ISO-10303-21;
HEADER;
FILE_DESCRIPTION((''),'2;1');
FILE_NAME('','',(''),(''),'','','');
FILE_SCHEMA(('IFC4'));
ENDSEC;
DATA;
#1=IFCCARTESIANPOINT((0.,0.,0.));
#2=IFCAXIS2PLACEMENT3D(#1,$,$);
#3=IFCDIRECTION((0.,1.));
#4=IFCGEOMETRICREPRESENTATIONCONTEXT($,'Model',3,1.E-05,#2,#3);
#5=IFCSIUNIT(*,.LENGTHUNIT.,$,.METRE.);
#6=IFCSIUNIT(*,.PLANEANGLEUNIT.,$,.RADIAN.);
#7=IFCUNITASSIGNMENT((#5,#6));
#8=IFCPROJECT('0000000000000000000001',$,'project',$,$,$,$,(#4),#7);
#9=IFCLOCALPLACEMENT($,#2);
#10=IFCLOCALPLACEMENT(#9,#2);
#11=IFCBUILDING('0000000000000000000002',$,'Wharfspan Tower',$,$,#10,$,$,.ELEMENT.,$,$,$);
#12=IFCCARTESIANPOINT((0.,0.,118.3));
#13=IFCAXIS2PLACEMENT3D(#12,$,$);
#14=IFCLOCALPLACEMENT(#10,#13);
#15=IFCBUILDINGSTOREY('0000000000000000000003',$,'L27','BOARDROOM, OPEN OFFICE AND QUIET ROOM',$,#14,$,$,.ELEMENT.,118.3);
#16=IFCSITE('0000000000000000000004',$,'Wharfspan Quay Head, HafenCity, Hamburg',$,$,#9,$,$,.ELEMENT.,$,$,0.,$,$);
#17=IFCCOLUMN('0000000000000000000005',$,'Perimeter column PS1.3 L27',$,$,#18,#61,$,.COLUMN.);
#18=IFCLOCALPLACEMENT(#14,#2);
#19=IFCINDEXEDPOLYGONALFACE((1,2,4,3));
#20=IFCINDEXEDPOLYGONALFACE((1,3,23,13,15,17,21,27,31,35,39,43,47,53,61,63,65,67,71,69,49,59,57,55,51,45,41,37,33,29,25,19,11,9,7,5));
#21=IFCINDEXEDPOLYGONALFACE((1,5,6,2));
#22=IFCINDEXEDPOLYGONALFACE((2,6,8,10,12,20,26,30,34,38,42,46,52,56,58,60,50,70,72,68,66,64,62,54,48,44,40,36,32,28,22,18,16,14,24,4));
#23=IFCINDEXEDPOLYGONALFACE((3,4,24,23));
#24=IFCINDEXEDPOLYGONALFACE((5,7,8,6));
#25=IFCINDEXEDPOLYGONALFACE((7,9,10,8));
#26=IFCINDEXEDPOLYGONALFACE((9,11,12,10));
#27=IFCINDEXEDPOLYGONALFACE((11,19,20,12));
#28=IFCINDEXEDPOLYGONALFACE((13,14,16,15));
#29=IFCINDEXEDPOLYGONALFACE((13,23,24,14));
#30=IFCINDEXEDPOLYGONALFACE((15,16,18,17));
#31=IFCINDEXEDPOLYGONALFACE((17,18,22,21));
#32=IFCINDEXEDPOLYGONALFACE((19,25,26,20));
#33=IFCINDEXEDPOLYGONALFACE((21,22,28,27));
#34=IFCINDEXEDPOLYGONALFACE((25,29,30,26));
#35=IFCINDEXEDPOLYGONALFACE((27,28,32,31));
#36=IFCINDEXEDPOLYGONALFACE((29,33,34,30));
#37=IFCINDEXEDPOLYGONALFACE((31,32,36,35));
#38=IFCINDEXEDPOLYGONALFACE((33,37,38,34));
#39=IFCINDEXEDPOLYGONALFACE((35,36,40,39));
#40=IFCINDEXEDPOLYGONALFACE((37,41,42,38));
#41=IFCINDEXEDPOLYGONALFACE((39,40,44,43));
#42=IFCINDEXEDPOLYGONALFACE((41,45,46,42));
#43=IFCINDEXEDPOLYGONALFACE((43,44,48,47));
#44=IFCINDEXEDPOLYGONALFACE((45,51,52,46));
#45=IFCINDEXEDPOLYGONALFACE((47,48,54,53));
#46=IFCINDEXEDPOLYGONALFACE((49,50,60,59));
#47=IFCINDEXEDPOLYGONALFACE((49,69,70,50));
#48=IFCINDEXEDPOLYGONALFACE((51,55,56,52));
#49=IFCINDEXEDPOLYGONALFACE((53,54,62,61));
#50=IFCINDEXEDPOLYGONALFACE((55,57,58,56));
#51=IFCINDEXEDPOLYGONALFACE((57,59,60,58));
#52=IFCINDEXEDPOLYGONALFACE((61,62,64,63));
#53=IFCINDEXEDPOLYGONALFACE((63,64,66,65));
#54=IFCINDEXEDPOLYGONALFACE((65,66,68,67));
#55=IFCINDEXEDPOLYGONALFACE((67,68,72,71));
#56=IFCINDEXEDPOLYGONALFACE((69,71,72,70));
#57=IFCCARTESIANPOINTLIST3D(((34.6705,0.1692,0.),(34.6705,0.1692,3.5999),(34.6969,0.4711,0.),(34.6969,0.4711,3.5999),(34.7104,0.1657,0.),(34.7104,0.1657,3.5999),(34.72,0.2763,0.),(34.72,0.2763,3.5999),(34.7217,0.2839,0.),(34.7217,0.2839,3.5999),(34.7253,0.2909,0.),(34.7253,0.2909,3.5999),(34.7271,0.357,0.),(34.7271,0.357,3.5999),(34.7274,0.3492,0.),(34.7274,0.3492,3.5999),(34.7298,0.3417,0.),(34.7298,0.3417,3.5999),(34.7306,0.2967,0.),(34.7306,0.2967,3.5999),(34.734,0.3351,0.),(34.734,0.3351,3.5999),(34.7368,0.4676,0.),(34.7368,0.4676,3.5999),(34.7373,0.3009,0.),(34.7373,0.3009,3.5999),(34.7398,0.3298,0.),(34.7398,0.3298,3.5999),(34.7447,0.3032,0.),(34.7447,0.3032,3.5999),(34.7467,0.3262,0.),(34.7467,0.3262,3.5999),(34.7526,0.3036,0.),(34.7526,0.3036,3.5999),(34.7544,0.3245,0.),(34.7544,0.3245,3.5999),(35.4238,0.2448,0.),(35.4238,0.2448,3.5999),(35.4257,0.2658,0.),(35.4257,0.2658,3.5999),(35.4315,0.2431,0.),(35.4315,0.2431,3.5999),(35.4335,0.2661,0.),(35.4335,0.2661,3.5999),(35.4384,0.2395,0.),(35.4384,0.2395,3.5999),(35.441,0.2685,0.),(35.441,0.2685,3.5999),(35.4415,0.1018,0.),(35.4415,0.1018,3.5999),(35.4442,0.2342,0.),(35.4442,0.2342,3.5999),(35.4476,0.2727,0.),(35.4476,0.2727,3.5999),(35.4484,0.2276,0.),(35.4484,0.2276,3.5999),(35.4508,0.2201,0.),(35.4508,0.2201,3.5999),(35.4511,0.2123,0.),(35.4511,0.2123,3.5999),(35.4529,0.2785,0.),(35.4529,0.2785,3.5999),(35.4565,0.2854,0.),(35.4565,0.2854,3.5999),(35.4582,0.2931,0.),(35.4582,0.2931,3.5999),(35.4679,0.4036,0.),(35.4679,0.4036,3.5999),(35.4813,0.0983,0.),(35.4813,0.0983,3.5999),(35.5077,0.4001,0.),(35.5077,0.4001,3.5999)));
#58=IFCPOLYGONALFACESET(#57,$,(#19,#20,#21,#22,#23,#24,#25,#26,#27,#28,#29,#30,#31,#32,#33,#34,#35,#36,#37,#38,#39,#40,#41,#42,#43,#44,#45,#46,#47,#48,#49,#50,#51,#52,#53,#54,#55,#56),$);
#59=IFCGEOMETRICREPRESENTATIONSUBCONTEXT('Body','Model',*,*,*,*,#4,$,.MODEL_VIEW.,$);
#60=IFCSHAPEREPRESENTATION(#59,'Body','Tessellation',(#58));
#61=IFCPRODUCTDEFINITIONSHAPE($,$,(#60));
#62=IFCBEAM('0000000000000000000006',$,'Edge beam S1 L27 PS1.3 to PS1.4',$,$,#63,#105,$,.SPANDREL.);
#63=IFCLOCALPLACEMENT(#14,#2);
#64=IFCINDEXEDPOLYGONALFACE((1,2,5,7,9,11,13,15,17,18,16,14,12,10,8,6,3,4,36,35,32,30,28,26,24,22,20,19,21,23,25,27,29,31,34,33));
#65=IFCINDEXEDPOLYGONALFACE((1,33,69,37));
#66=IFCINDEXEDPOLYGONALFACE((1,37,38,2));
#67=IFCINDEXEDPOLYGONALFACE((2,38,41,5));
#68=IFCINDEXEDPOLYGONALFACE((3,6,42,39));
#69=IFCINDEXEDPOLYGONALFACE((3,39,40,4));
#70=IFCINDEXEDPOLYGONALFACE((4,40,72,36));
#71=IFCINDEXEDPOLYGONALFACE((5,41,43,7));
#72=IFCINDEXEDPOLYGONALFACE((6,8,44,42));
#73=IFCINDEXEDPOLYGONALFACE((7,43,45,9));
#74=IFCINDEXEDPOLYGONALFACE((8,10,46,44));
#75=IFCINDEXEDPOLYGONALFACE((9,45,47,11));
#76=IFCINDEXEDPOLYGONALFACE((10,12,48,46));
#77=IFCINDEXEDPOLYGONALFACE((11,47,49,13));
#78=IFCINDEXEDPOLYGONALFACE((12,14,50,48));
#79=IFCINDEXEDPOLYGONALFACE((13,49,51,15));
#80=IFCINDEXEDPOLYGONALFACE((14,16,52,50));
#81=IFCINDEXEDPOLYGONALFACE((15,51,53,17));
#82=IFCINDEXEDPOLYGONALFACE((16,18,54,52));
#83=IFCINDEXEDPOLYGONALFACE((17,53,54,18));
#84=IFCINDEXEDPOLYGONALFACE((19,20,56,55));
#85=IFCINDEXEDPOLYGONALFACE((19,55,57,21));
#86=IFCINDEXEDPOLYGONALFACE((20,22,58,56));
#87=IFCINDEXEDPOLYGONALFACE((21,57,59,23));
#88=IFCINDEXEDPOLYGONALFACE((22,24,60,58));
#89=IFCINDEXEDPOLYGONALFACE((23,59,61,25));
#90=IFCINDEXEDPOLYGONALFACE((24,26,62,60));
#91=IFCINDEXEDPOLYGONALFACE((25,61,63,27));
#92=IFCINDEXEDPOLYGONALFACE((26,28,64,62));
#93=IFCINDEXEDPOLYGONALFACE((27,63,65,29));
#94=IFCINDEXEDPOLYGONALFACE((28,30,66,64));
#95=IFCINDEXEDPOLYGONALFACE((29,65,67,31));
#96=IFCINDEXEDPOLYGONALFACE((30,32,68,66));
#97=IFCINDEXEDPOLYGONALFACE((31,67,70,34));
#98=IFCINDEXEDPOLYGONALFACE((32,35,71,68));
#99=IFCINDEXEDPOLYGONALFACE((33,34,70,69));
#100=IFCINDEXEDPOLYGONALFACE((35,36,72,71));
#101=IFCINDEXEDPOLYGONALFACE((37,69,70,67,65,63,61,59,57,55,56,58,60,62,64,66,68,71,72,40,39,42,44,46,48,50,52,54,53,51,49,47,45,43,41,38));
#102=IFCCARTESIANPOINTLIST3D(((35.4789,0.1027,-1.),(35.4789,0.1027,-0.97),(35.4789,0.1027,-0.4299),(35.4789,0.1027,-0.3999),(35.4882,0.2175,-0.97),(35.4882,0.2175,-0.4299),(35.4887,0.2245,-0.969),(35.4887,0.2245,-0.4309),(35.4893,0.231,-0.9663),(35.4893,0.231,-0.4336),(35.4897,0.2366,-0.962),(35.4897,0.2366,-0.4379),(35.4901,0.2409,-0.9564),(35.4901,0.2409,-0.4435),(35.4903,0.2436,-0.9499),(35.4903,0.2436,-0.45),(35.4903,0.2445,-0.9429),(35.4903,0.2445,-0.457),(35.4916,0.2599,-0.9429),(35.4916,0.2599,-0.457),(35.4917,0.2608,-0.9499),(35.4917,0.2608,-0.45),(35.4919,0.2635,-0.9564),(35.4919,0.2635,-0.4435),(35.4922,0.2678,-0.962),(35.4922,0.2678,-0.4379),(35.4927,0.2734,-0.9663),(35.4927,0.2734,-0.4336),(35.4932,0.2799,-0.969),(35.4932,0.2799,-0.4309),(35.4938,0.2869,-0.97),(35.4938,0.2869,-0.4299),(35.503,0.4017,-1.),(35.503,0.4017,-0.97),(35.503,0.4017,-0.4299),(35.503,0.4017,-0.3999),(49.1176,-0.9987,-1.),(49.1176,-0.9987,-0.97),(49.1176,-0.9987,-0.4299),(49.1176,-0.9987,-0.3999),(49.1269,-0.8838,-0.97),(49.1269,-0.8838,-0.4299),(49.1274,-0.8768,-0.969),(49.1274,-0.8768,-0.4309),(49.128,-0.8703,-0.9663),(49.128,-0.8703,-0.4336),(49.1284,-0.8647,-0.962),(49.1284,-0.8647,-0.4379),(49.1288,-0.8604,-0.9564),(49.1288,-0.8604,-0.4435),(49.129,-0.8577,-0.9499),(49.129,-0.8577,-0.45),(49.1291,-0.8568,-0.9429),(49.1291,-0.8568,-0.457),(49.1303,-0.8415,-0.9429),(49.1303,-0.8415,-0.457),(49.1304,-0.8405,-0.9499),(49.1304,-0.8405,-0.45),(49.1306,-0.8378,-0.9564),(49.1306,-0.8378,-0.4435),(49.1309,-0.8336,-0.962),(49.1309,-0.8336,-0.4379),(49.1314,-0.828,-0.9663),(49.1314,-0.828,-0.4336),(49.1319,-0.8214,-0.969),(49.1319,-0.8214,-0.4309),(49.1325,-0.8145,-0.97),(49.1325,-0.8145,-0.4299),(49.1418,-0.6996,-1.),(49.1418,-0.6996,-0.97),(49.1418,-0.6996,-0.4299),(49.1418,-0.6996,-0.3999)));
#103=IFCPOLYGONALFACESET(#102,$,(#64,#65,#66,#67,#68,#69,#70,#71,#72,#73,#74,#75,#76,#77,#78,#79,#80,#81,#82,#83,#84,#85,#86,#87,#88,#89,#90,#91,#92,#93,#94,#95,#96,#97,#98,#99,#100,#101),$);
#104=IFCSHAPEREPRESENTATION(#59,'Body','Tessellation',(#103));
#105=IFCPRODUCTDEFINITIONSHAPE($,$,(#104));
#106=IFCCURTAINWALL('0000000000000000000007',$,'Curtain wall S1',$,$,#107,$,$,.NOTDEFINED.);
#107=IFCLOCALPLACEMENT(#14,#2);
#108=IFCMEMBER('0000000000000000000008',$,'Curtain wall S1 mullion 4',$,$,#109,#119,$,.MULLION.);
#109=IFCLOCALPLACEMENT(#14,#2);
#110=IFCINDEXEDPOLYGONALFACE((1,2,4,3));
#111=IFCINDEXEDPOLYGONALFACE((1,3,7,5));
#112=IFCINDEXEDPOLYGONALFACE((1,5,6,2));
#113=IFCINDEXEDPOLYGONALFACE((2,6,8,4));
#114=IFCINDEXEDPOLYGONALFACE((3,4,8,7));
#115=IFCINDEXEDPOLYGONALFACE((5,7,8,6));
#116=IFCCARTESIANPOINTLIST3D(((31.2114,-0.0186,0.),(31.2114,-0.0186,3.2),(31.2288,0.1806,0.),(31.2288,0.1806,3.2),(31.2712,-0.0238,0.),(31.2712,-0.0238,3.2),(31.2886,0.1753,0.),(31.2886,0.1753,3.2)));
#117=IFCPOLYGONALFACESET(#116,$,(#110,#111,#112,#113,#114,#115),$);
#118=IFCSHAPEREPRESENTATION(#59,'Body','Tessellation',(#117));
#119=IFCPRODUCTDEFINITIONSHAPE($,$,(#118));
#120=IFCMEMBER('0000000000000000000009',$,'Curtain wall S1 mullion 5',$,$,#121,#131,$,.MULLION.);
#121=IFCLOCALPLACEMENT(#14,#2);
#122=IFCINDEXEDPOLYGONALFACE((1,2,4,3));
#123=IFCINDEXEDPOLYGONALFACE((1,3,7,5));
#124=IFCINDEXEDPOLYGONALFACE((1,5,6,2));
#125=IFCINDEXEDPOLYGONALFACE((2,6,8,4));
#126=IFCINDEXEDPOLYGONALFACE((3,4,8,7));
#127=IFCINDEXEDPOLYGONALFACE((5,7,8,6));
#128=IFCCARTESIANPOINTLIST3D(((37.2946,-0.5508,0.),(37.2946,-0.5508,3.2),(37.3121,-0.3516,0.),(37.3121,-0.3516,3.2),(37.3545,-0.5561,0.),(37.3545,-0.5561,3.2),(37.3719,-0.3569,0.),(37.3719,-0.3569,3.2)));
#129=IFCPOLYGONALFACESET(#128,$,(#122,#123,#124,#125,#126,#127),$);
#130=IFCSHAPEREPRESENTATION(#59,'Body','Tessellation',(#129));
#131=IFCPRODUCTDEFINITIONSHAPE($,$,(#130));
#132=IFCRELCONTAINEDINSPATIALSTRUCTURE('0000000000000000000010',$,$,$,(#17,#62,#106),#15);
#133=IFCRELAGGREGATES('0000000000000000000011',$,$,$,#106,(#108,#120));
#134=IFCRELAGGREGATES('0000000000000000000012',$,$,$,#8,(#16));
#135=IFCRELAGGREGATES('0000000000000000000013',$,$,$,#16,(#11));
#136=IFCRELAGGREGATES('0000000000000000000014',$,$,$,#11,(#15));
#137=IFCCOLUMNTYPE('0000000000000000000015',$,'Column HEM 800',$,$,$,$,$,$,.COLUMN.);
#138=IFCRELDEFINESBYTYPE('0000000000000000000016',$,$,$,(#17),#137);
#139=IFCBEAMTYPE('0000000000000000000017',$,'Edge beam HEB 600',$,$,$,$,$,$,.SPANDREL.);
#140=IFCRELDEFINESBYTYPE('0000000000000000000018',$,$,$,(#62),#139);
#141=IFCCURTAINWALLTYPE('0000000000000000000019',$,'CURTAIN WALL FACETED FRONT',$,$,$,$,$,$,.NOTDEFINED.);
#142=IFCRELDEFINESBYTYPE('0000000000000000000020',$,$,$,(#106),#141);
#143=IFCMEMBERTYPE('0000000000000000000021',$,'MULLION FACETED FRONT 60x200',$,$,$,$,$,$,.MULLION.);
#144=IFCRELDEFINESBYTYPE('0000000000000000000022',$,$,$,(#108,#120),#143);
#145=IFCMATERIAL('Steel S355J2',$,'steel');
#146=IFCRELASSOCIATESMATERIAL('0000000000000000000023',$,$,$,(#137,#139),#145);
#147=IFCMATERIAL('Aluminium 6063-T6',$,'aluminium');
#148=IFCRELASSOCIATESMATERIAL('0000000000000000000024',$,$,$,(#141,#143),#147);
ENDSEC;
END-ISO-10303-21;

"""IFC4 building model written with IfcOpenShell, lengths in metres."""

from ifc_helpers import new_model, si_unit, direction, frame, origin, origin_2d, place, context, subcontext, project, spatial, rectangle, i_section, extrude, material, material_profile, profile_set, type_object, element, aggregate, save


model = new_model("IFC4")

# Units and contexts
model_context = context("Model", 3, precision=1e-05, world=origin(), true_north=direction((0.0, 1.0)))
body_context = subcontext(model_context, "Body", "Model", "MODEL_VIEW")
ifc_project = project(units=[si_unit("LENGTHUNIT", "METRE"), si_unit("PLANEANGLEUNIT", "RADIAN")], contexts=[model_context])

# Site, building, storey
site_placement = place(None, origin())
site = spatial("IfcSite", under=ifc_project, at=site_placement, Name="Wharfspan Quay Head, HafenCity, Hamburg", CompositionType="ELEMENT", RefElevation=0.0)
building_placement = place(site_placement, origin())
building = spatial("IfcBuilding", under=site, at=building_placement, Name="Wharfspan Tower", CompositionType="ELEMENT")
storey_placement = place(building_placement, frame((0.0, 0.0, 118.3)))
storey = spatial("IfcBuildingStorey", under=building, at=storey_placement, Name="L27", Description="BOARDROOM, OPEN OFFICE AND QUIET ROOM", CompositionType="ELEMENT", Elevation=118.3)

# Column
ifc_material_1 = material(Name="Steel S355J2", Category="steel")
ifc_material_profile_1 = material_profile(ifc_material_1, i_section(OverallWidth=0.303, OverallDepth=0.814, WebThickness=0.021, FlangeThickness=0.04, FilletRadius=0.03, at=origin_2d()))
ifc_profile_set_1 = profile_set([ifc_material_profile_1], Name="Steel S355J2")
column_type = type_object("IfcColumnType", Name="Column HEM 800", PredefinedType="COLUMN", material=ifc_profile_set_1)
column_placement = place(storey_placement, frame((35.0891, 0.2847, 0.0), z_axis=(0.0, 0.0, 1.0), x_axis=(-0.087156, -0.996198, 0.0)))
element("IfcColumn", 1, at=column_placement, inside=storey, type_object=column_type, Name="Perimeter column PS1.3 L27", PredefinedType="COLUMN", context=body_context, shape_type="SweptSolid", body=[
    extrude(i_section(OverallWidth=0.303, OverallDepth=0.814, WebThickness=0.021, FlangeThickness=0.04, FilletRadius=0.03, at=origin_2d()), origin(), (0.0, 0.0, 1.0), 3.5999),
])

# Beam
ifc_material_profile_2 = material_profile(ifc_material_1, i_section(OverallWidth=0.3, OverallDepth=0.6001, WebThickness=0.0154, FlangeThickness=0.03, FilletRadius=0.0271, at=origin_2d()))
ifc_profile_set_2 = profile_set([ifc_material_profile_2], Name="Steel S355J2")
beam_type = type_object("IfcBeamType", Name="Edge beam HEB 600", PredefinedType="SPANDREL", material=ifc_profile_set_2)
beam_placement = place(storey_placement, frame((35.491, 0.2522, -0.7), z_axis=(0.996756, -0.080488, 0.0), x_axis=(0.080488, 0.996756, 0.0)))
element("IfcBeam", 2, at=beam_placement, inside=storey, type_object=beam_type, Name="Edge beam S1 L27 PS1.3 to PS1.4", PredefinedType="SPANDREL", context=body_context, shape_type="SweptSolid", body=[
    extrude(i_section(OverallWidth=0.3, OverallDepth=0.6001, WebThickness=0.0154, FlangeThickness=0.03, FilletRadius=0.0271, at=origin_2d()), origin(), (0.0, 0.0, 1.0), 13.6831),
])

# Curtain wall, members
ifc_material_2 = material(Name="Aluminium 6063-T6", Category="aluminium")
curtain_wall_type = type_object("IfcCurtainWallType", Name="CURTAIN WALL FACETED FRONT", PredefinedType="NOTDEFINED", material=ifc_material_2)
curtain_wall_placement = place(storey_placement, origin())
curtain_wall = element("IfcCurtainWall", 3, at=curtain_wall_placement, inside=storey, type_object=curtain_wall_type, Name="Curtain wall S1", PredefinedType="NOTDEFINED")
ifc_material_profile_3 = material_profile(ifc_material_2, rectangle(XDim=0.2, YDim=0.0601, at=origin_2d()))
ifc_profile_set_3 = profile_set([ifc_material_profile_3], Name="Aluminium 6063-T6")
member_type_1 = type_object("IfcMemberType", Name="MULLION FACETED FRONT 60x200", PredefinedType="MULLION", material=ifc_profile_set_3)
member_1_placement = place(storey_placement, frame((31.25, 0.0784, 0.0), z_axis=(0.0, 0.0, 1.0), x_axis=(0.087156, 0.996198, 0.0)))
member_1 = element("IfcMember", 4, at=member_1_placement, type_object=member_type_1, Name="Curtain wall S1 mullion 4", PredefinedType="MULLION", context=body_context, shape_type="SweptSolid", body=[
    extrude(rectangle(XDim=0.2, YDim=0.0601, at=origin_2d()), origin(), (0.0, 0.0, 1.0), 3.2),
])
member_2_placement = place(storey_placement, frame((37.3333, -0.4539, 0.0), z_axis=(0.0, 0.0, 1.0), x_axis=(0.087156, 0.996198, 0.0)))
member_2 = element("IfcMember", 5, at=member_2_placement, type_object=member_type_1, Name="Curtain wall S1 mullion 5", PredefinedType="MULLION", context=body_context, shape_type="SweptSolid", body=[
    extrude(rectangle(XDim=0.2, YDim=0.0601, at=origin_2d()), origin(), (0.0, 0.0, 1.0), 3.2),
])

aggregate(curtain_wall, [member_1, member_2])

save(model, "model.ifc")
